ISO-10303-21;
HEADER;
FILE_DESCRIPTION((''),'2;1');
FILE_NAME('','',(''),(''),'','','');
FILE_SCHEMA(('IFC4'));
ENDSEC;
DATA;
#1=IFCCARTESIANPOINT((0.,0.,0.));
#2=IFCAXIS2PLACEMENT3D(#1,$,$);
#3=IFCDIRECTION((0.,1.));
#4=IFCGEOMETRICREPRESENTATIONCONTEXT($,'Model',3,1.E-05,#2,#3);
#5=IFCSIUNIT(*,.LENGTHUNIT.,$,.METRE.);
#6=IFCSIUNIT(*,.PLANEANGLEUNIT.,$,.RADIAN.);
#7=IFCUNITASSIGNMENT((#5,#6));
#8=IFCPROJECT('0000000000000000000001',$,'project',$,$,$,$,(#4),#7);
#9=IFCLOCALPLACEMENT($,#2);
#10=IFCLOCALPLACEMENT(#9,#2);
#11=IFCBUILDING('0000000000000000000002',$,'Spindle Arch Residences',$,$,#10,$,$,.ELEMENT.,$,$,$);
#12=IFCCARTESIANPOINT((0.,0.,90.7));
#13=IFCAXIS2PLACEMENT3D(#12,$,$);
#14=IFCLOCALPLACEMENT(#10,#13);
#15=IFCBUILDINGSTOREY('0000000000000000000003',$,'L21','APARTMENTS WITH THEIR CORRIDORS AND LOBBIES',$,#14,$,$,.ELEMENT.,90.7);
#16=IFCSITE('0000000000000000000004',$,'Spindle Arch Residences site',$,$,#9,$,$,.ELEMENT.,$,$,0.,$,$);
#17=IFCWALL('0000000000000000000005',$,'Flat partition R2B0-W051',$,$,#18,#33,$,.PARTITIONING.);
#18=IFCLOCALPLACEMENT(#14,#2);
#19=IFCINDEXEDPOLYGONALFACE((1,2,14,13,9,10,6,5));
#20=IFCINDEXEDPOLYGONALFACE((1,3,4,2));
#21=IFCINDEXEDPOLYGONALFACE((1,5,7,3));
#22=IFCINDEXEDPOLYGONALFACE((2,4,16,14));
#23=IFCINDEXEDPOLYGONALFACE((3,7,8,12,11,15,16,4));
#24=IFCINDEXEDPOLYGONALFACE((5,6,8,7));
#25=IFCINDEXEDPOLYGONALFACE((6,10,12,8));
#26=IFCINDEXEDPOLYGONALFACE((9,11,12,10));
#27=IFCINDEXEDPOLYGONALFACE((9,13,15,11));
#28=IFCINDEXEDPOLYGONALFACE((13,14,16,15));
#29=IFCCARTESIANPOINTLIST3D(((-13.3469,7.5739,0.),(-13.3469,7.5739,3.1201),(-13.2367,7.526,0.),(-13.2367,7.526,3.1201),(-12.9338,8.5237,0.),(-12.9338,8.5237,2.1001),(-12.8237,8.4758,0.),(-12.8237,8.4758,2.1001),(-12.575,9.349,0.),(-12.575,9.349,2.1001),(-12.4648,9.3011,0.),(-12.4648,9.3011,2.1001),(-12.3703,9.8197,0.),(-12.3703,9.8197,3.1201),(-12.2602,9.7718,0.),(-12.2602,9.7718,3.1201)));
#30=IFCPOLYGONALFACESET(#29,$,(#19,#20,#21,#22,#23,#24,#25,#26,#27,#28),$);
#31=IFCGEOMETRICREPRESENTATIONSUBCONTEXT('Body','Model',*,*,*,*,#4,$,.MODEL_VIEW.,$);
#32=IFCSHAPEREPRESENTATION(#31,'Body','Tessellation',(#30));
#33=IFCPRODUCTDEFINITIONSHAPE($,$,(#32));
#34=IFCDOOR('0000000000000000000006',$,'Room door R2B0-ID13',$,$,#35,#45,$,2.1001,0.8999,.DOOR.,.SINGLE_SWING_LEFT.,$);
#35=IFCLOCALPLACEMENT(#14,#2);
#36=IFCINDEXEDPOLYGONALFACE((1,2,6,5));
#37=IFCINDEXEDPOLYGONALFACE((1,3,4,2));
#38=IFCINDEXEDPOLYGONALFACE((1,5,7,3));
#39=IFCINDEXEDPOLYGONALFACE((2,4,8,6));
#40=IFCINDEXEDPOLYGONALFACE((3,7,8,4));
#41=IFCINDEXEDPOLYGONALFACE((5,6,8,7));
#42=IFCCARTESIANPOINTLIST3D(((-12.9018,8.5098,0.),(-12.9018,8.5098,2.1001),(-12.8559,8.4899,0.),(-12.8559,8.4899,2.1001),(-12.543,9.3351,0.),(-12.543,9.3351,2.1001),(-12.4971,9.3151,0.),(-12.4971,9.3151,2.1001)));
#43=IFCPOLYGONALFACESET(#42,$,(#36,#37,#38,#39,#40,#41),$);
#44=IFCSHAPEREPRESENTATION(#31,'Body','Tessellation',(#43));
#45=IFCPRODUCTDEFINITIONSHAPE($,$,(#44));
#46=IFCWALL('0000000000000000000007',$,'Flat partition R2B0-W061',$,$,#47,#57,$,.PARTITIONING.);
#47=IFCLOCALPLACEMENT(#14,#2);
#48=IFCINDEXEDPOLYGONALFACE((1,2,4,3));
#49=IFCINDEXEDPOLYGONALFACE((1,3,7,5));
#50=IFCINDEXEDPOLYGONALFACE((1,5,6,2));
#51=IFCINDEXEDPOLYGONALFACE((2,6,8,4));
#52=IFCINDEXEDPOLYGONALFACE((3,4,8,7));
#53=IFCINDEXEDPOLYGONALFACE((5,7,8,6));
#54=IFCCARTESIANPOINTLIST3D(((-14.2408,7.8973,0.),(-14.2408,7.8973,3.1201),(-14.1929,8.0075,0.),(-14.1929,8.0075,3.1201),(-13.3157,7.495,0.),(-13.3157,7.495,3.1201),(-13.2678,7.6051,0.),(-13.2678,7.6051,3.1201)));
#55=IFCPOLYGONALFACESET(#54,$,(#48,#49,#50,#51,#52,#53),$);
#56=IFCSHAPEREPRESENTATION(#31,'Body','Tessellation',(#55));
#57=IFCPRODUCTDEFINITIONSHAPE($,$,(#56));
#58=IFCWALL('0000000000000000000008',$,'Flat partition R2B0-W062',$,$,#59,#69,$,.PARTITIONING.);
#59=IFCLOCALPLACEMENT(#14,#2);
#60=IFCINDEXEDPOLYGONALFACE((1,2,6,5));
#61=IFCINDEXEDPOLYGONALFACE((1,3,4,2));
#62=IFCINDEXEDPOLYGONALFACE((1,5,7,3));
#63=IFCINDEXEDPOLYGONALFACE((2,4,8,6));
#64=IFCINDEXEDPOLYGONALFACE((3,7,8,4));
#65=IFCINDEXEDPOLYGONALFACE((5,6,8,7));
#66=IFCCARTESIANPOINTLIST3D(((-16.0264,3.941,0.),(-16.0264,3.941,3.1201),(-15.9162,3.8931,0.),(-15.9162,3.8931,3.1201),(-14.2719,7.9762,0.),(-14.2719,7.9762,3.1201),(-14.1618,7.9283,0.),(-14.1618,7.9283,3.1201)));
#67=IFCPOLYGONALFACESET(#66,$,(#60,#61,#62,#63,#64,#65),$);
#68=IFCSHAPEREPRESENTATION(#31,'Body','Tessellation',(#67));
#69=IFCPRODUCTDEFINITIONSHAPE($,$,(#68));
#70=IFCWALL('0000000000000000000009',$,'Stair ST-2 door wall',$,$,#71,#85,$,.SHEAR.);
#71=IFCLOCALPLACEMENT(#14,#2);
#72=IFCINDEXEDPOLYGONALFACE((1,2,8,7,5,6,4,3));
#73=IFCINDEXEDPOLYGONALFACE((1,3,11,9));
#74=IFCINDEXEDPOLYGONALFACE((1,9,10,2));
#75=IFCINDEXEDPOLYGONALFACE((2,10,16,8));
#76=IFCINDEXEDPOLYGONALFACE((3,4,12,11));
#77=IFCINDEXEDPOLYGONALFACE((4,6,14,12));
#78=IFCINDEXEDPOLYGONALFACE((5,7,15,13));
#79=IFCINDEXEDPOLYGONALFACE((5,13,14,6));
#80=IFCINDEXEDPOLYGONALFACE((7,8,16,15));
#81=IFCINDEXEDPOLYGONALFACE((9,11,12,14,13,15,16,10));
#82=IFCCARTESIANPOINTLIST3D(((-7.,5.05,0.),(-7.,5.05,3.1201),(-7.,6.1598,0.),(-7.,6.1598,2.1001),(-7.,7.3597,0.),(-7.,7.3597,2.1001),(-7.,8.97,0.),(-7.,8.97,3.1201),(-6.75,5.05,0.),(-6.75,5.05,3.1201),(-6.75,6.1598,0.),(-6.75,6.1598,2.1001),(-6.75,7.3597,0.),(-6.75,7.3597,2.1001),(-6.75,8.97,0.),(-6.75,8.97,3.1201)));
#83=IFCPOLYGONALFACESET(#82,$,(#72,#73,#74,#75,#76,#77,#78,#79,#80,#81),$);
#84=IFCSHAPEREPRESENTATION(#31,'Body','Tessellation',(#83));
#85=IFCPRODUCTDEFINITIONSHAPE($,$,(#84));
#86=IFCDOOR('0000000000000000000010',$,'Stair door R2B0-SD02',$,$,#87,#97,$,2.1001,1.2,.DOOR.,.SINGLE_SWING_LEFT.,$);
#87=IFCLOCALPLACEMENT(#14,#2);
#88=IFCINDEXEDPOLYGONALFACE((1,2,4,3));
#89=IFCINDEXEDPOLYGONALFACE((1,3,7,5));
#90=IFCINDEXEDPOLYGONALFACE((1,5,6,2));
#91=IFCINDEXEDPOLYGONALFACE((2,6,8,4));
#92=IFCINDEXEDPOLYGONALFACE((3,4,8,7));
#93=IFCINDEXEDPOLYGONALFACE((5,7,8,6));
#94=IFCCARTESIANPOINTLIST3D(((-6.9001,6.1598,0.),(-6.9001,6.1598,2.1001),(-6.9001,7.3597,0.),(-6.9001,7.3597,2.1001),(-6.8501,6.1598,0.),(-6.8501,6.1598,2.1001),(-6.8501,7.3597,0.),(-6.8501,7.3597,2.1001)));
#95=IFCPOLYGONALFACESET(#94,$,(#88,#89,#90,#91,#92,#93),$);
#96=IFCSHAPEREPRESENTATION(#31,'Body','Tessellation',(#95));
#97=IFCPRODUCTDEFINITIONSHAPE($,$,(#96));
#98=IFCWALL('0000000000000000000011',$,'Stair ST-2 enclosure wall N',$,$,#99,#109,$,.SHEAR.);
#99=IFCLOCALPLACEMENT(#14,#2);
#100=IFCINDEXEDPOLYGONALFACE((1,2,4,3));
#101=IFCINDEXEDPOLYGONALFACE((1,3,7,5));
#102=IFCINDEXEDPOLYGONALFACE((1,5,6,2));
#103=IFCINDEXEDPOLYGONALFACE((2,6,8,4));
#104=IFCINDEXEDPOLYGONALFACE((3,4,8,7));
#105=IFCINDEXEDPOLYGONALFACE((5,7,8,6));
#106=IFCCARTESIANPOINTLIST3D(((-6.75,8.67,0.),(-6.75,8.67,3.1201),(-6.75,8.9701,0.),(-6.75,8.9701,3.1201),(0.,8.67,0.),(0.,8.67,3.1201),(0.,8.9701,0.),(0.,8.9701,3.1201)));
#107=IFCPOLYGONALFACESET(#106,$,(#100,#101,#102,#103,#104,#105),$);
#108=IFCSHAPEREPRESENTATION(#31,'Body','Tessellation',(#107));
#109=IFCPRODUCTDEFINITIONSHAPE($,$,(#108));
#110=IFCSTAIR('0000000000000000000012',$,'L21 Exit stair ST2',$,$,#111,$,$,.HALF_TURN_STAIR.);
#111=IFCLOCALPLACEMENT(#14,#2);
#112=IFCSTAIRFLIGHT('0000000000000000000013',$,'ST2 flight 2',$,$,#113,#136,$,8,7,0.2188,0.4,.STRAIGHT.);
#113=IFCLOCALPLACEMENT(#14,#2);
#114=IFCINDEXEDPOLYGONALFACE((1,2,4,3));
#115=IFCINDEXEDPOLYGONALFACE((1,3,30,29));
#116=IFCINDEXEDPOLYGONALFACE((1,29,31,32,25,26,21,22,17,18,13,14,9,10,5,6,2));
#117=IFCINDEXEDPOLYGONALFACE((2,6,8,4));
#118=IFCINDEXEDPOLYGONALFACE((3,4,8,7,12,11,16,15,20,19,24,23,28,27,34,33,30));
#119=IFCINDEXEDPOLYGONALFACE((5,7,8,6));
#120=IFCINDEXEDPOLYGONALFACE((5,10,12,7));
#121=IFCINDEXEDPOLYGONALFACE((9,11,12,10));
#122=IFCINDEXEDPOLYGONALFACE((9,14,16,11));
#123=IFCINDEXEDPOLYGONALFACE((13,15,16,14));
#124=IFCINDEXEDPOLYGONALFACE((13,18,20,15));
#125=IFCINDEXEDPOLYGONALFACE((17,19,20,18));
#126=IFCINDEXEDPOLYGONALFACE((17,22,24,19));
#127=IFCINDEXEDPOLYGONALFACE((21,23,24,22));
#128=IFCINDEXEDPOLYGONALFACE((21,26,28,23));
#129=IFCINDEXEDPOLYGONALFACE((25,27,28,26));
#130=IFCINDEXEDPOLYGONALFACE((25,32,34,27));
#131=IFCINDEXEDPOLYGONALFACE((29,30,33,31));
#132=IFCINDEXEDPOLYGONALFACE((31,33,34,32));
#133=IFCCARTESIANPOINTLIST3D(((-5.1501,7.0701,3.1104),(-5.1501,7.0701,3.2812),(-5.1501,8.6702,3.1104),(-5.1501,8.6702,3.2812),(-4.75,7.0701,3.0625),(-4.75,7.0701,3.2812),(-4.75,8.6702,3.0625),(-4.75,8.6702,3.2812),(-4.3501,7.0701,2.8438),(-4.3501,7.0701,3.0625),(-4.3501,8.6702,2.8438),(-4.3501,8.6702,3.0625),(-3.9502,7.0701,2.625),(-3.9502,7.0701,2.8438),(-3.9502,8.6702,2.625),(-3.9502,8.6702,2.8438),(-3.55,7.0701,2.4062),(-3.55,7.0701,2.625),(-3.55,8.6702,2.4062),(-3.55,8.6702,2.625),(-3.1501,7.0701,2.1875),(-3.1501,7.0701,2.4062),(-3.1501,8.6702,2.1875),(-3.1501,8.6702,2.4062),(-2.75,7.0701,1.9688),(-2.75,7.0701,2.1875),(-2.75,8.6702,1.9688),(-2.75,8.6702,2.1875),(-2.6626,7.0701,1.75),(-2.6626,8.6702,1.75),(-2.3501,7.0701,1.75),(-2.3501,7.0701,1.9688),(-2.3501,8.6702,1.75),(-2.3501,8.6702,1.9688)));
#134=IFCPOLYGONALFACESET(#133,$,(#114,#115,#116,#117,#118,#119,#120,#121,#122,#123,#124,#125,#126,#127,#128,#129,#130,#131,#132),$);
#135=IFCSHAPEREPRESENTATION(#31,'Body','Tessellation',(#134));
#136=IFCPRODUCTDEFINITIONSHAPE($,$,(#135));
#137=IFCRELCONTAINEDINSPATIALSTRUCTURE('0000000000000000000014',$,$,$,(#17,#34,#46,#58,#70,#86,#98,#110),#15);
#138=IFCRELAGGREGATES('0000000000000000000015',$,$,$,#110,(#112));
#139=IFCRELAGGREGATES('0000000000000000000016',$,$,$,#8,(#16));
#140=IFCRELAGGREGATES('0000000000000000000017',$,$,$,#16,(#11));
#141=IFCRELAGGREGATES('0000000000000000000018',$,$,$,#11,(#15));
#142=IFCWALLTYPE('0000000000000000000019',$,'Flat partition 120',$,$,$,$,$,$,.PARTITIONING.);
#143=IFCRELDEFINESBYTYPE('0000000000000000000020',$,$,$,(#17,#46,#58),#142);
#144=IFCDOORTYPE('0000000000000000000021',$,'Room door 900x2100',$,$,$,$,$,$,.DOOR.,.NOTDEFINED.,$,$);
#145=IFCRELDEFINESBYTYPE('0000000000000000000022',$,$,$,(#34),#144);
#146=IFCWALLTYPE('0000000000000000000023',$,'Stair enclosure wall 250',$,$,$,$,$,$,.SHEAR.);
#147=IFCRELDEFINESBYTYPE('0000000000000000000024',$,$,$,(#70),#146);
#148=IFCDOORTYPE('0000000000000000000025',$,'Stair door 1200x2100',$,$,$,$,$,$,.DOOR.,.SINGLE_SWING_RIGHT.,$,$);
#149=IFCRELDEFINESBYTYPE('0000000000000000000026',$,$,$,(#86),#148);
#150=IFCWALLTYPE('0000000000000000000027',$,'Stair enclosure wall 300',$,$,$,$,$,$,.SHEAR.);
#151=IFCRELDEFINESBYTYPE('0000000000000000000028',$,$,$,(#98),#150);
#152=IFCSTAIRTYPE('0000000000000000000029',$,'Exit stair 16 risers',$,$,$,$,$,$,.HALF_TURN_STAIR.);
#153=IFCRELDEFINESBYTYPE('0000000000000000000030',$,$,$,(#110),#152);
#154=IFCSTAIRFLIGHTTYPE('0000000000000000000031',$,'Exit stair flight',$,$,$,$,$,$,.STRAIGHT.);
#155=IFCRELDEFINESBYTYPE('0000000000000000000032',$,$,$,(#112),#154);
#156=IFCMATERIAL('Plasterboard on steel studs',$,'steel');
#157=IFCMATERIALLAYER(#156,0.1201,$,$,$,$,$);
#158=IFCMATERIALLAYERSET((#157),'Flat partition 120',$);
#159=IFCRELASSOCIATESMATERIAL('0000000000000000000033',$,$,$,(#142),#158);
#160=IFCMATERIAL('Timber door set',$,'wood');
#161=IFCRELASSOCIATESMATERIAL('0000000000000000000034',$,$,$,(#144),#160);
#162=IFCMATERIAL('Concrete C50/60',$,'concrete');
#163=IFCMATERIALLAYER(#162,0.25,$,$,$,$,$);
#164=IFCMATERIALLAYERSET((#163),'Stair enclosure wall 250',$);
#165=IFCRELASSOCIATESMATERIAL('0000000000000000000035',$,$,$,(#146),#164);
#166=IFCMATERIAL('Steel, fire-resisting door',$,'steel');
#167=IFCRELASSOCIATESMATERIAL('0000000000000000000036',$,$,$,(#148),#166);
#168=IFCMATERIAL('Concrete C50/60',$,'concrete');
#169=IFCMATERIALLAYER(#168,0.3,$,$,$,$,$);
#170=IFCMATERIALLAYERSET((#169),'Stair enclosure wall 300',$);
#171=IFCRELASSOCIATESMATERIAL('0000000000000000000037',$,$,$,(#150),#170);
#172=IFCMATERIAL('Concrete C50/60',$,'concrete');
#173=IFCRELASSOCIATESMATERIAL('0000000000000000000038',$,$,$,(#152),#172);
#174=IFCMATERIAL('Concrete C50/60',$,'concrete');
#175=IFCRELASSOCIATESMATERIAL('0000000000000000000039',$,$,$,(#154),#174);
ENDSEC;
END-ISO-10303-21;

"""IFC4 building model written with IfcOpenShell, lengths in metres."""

from ifc_helpers import new_model, si_unit, direction, frame, frame_2d, origin, place, context, subcontext, project, spatial, polyline, rectangle, outline, extrude, material, layer, layer_set, type_object, element, fill, aggregate, save


model = new_model("IFC4")

# Units and contexts
model_context = context("Model", 3, precision=1e-05, world=origin(), true_north=direction((0.0, 1.0)))
body_context = subcontext(model_context, "Body", "Model", "MODEL_VIEW")
ifc_project = project(units=[si_unit("LENGTHUNIT", "METRE"), si_unit("PLANEANGLEUNIT", "RADIAN")], contexts=[model_context])

# Site, building, storey
site_placement = place(None, origin())
site = spatial("IfcSite", under=ifc_project, at=site_placement, Name="Spindle Arch Residences site", CompositionType="ELEMENT", RefElevation=0.0)
building_placement = place(site_placement, origin())
building = spatial("IfcBuilding", under=site, at=building_placement, Name="Spindle Arch Residences", CompositionType="ELEMENT")
storey_placement = place(building_placement, frame((0.0, 0.0, 90.7)))
storey = spatial("IfcBuildingStorey", under=building, at=storey_placement, Name="L21", Description="APARTMENTS WITH THEIR CORRIDORS AND LOBBIES", CompositionType="ELEMENT", Elevation=90.7)

# Wall, opening, door
ifc_material_1 = material(Name="Plasterboard on steel studs", Category="steel")
ifc_layer_1 = layer(ifc_material_1, 0.1201)
ifc_layer_set_1 = layer_set([ifc_layer_1], Name="Flat partition 120")
wall_type_1 = type_object("IfcWallType", Name="Flat partition 120", PredefinedType="PARTITIONING", material=ifc_layer_set_1)
wall_1_placement = place(storey_placement, frame((-12.3152, 9.7959, 0.0), z_axis=(0.0, 0.0, 1.0), x_axis=(-0.398763, -0.917054, 0.0)))
wall_1 = element("IfcWall", 1, at=wall_1_placement, inside=storey, type_object=wall_type_1, Name="Flat partition R2B0-W051", PredefinedType="PARTITIONING", context=body_context, shape_type="SweptSolid", body=[
    extrude(rectangle(XDim=2.449, YDim=0.1201, at=frame_2d((1.2246, 0.0))), origin(), (0.0, 0.0, 1.0), 3.1201),
])
opening_1_placement = place(wall_1_placement, frame((0.5134, 0.0, 0.0)))
opening_1 = element("IfcOpeningElement", 2, at=opening_1_placement, cuts=wall_1, PredefinedType="OPENING", context=body_context, shape_type="SweptSolid", body=[
    extrude(rectangle(XDim=0.8999, YDim=2.1001, at=frame_2d((0.45, 1.05))), frame((0.0, 0.0701, 0.0), z_axis=(0.0, -1.0, 0.0), x_axis=(1.0, 0.0, 0.0)), (0.0, 0.0, 1.0), 0.1401),
])
ifc_material_2 = material(Name="Timber door set", Category="wood")
door_type_1 = type_object("IfcDoorType", Name="Room door 900x2100", OperationType="NOTDEFINED", PredefinedType="DOOR", material=ifc_material_2)
door_1_placement = place(opening_1_placement, origin())
door_1 = element("IfcDoor", 3, at=door_1_placement, inside=storey, type_object=door_type_1, Name="Room door R2B0-ID13", OperationType="SINGLE_SWING_LEFT", OverallHeight=2.1001, OverallWidth=0.8999, PredefinedType="DOOR", context=body_context, shape_type="SweptSolid", body=[
    extrude(rectangle(XDim=0.8999, YDim=2.1001, at=frame_2d((0.45, 1.05))), frame((0.0, 0.0249, 0.0), z_axis=(0.0, -1.0, 0.0), x_axis=(1.0, 0.0, 0.0)), (0.0, 0.0, 1.0), 0.05),
])
fill(opening_1, door_1)

# Walls
wall_2_placement = place(storey_placement, frame((-13.2917, 7.55, 0.0), z_axis=(0.0, 0.0, 1.0), x_axis=(-0.917016, 0.39885, 0.0)))
element("IfcWall", 4, at=wall_2_placement, inside=storey, type_object=wall_type_1, Name="Flat partition R2B0-W061", PredefinedType="PARTITIONING", context=body_context, shape_type="SweptSolid", body=[
    extrude(rectangle(XDim=1.0088, YDim=0.1201, at=frame_2d((0.5044, 0.0))), origin(), (0.0, 0.0, 1.0), 3.1201),
])
wall_3_placement = place(storey_placement, frame((-14.2168, 7.9524, 0.0), z_axis=(0.0, 0.0, 1.0), x_axis=(-0.398722, -0.917072, 0.0)))
element("IfcWall", 5, at=wall_3_placement, inside=storey, type_object=wall_type_1, Name="Flat partition R2B0-W062", PredefinedType="PARTITIONING", context=body_context, shape_type="SweptSolid", body=[
    extrude(rectangle(XDim=4.4001, YDim=0.1201, at=frame_2d((2.2002, 0.0))), origin(), (0.0, 0.0, 1.0), 3.1201),
])

# Wall, opening, door
ifc_material_3 = material(Name="Concrete C50/60", Category="concrete")
ifc_layer_2 = layer(ifc_material_3, 0.25)
ifc_layer_set_2 = layer_set([ifc_layer_2], Name="Stair enclosure wall 250")
wall_type_2 = type_object("IfcWallType", Name="Stair enclosure wall 250", PredefinedType="SHEAR", material=ifc_layer_set_2)
wall_4_placement = place(storey_placement, frame((-6.875, 8.97, 0.0), z_axis=(0.0, 0.0, 1.0), x_axis=(0.0, -1.0, 0.0)))
wall_4 = element("IfcWall", 6, at=wall_4_placement, inside=storey, type_object=wall_type_2, Name="Stair ST-2 door wall", PredefinedType="SHEAR", context=body_context, shape_type="SweptSolid", body=[
    extrude(rectangle(XDim=3.9199, YDim=0.25, at=frame_2d((1.96, 0.0))), origin(), (0.0, 0.0, 1.0), 3.1201),
])
opening_2_placement = place(wall_4_placement, frame((1.6101, 0.0, 0.0)))
opening_2 = element("IfcOpeningElement", 7, at=opening_2_placement, cuts=wall_4, PredefinedType="OPENING", context=body_context, shape_type="SweptSolid", body=[
    extrude(rectangle(XDim=1.2, YDim=2.1001, at=frame_2d((0.6001, 1.05))), frame((0.0, 0.135, 0.0), z_axis=(0.0, -1.0, 0.0), x_axis=(1.0, 0.0, 0.0)), (0.0, 0.0, 1.0), 0.27),
])
ifc_material_4 = material(Name="Steel, fire-resisting door", Category="steel")
door_type_2 = type_object("IfcDoorType", Name="Stair door 1200x2100", OperationType="SINGLE_SWING_RIGHT", PredefinedType="DOOR", material=ifc_material_4)
door_2_placement = place(opening_2_placement, origin())
door_2 = element("IfcDoor", 8, at=door_2_placement, inside=storey, type_object=door_type_2, Name="Stair door R2B0-SD02", OperationType="SINGLE_SWING_LEFT", OverallHeight=2.1001, OverallWidth=1.2, PredefinedType="DOOR", context=body_context, shape_type="SweptSolid", body=[
    extrude(rectangle(XDim=1.2, YDim=2.1001, at=frame_2d((0.6001, 1.05))), frame((0.0, 0.0249, 0.0), z_axis=(0.0, -1.0, 0.0), x_axis=(1.0, 0.0, 0.0)), (0.0, 0.0, 1.0), 0.05),
])
fill(opening_2, door_2)

# Wall
ifc_material_5 = material(Name="Concrete C50/60", Category="concrete")
ifc_layer_3 = layer(ifc_material_5, 0.3)
ifc_layer_set_3 = layer_set([ifc_layer_3], Name="Stair enclosure wall 300")
wall_type_3 = type_object("IfcWallType", Name="Stair enclosure wall 300", PredefinedType="SHEAR", material=ifc_layer_set_3)
wall_5_placement = place(storey_placement, frame((-6.75, 8.8201, 0.0), z_axis=(0.0, 0.0, 1.0), x_axis=(1.0, 0.0, 0.0)))
element("IfcWall", 9, at=wall_5_placement, inside=storey, type_object=wall_type_3, Name="Stair ST-2 enclosure wall N", PredefinedType="SHEAR", context=body_context, shape_type="SweptSolid", body=[
    extrude(rectangle(XDim=6.75, YDim=0.3, at=frame_2d((3.375, 0.0))), origin(), (0.0, 0.0, 1.0), 3.1201),
])

# Stair, stair flight
ifc_material_6 = material(Name="Concrete C50/60", Category="concrete")
stair_type = type_object("IfcStairType", Name="Exit stair 16 risers", PredefinedType="HALF_TURN_STAIR", material=ifc_material_6)
stair_placement = place(storey_placement, origin())
stair = element("IfcStair", 10, at=stair_placement, inside=storey, type_object=stair_type, Name="L21 Exit stair ST2", PredefinedType="HALF_TURN_STAIR")
ifc_material_7 = material(Name="Concrete C50/60", Category="concrete")
stair_flight_type = type_object("IfcStairFlightType", Name="Exit stair flight", PredefinedType="STRAIGHT", material=ifc_material_7)
stair_flight_placement = place(storey_placement, frame((-2.3501, 7.8701, 1.75), z_axis=(0.0, 0.0, 1.0), x_axis=(-1.0, 0.0, 0.0)))
stair_flight = element("IfcStairFlight", 11, at=stair_flight_placement, type_object=stair_flight_type, Name="ST2 flight 2", NumberOfRisers=8, NumberOfTreads=7, PredefinedType="STRAIGHT", RiserHeight=0.2188, TreadLength=0.4, context=body_context, shape_type="SweptSolid", body=[
    extrude(outline(polyline([(0.0, 0.0), (0.0, 0.2188), (0.3999, 0.2188), (0.3999, 0.4375), (0.8, 0.4375), (0.8, 0.6562), (1.2, 0.6562), (1.2, 0.875), (1.6001, 0.875), (1.6001, 1.0938), (2.0, 1.0938), (2.0, 1.3125), (2.3999, 1.3125), (2.3999, 1.5312), (2.8, 1.5312), (2.8, 1.75), (2.8, 1.3604), (0.3125, 0.0), (0.0, 0.0)])), frame((0.0, 0.8, 0.0), z_axis=(0.0, -1.0, 0.0), x_axis=(1.0, 0.0, 0.0)), (0.0, 0.0, 1.0), 1.6001),
])
aggregate(stair, [stair_flight])

save(model, "model.ifc")
